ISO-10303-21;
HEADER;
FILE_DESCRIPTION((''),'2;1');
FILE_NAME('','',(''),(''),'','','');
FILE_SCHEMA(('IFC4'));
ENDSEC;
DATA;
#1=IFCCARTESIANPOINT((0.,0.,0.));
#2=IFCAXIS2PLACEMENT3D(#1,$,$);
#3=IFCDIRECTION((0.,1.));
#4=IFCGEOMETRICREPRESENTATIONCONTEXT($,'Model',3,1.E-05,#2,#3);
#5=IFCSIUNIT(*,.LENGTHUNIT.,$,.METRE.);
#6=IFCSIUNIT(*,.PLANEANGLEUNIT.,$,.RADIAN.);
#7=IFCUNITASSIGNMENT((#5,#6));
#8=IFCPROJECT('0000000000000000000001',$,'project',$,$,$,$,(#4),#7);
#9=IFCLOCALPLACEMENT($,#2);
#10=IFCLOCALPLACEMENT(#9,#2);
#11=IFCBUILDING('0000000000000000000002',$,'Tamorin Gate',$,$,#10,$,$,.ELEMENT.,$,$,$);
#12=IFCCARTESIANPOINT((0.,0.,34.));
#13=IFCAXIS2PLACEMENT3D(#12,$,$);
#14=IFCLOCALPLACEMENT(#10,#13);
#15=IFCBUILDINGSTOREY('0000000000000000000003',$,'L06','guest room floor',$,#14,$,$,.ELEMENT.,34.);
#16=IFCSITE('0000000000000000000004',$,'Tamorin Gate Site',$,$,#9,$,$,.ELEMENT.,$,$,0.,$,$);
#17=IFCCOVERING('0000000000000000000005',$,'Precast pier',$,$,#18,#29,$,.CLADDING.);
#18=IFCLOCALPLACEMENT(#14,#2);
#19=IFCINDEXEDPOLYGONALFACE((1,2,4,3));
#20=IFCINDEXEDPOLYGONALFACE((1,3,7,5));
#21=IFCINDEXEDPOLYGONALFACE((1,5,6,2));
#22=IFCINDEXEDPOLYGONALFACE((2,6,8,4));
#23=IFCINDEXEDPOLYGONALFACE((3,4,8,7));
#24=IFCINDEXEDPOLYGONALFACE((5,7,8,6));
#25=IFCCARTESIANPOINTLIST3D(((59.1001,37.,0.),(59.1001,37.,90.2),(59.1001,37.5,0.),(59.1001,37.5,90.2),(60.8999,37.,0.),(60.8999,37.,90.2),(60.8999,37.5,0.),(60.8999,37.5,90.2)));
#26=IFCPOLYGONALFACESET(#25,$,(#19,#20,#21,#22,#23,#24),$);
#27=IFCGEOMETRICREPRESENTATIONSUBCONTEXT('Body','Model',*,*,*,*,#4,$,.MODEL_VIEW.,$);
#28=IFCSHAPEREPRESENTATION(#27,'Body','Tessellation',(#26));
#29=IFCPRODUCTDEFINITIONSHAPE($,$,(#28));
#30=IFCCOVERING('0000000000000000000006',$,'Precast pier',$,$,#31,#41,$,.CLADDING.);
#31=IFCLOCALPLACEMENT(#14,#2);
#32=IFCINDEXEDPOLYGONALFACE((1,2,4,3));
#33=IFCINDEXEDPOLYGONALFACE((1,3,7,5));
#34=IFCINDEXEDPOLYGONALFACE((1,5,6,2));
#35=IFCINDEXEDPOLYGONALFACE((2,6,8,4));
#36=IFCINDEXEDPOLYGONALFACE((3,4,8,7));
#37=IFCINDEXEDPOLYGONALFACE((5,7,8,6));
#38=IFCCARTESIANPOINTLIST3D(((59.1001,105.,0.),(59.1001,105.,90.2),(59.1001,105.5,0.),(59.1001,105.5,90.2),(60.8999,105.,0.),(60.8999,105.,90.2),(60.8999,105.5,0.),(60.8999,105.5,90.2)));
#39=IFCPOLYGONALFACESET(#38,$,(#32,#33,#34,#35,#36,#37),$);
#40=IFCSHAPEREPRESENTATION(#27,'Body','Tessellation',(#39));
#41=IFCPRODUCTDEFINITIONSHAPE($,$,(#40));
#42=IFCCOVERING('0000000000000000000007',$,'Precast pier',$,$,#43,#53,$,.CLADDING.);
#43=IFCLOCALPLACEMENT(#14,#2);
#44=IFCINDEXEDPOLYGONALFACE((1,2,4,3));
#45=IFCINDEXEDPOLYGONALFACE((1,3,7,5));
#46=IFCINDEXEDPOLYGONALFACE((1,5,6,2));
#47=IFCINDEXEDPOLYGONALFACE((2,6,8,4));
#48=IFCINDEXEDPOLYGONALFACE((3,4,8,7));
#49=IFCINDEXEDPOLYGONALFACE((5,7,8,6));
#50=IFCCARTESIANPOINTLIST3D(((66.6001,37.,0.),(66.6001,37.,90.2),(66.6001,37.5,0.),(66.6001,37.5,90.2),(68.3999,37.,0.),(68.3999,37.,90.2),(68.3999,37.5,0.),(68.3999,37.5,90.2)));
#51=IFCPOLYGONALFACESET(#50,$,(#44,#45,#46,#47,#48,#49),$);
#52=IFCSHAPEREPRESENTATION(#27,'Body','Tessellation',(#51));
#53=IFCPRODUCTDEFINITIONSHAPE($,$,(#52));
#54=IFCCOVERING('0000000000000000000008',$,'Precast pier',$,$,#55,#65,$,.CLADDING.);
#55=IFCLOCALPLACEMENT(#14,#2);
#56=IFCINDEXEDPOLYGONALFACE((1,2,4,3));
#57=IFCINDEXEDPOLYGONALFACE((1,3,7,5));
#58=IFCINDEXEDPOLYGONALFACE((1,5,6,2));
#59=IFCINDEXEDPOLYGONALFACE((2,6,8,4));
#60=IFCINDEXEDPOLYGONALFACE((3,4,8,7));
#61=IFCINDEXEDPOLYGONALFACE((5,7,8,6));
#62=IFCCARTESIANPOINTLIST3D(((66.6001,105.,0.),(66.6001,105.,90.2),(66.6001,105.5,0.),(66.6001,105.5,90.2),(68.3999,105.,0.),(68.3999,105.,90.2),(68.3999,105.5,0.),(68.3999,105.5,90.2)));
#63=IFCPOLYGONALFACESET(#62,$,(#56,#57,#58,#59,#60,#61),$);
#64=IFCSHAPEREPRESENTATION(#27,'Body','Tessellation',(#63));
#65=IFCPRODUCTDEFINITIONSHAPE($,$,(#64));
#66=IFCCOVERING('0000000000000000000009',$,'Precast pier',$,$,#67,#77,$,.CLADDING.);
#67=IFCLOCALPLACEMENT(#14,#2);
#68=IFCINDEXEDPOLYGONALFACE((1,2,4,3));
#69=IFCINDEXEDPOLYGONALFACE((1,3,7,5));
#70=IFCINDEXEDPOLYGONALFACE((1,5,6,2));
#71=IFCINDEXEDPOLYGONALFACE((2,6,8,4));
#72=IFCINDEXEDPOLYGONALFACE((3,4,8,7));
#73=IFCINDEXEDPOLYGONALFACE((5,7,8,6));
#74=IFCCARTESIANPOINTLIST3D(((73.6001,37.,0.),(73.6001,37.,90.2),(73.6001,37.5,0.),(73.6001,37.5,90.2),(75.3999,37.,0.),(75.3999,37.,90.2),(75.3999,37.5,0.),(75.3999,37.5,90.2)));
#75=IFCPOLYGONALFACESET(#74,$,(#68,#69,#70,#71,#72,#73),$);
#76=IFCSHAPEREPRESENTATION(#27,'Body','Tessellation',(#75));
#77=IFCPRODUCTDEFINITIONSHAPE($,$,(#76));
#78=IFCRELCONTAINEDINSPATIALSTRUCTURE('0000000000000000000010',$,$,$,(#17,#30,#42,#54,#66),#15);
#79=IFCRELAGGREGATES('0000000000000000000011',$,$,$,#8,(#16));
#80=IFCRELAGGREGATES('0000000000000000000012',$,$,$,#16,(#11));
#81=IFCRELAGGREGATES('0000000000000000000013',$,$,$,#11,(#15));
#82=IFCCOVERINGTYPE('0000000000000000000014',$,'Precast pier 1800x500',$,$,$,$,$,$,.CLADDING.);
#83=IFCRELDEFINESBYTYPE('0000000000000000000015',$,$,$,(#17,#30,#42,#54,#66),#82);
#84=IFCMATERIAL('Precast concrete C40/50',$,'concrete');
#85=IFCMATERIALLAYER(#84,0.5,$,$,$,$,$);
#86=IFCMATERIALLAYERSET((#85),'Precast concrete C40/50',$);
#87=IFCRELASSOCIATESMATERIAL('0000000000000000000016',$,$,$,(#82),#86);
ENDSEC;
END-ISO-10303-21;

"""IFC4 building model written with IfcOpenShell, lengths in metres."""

from ifc_helpers import new_model, si_unit, direction, frame, origin, place, context, subcontext, project, spatial, polyline, outline, extrude, material, layer, layer_set, type_object, element, save


model = new_model("IFC4")

# Units and contexts
model_context = context("Model", 3, precision=1e-05, world=origin(), true_north=direction((0.0, 1.0)))
body_context = subcontext(model_context, "Body", "Model", "MODEL_VIEW")
ifc_project = project(units=[si_unit("LENGTHUNIT", "METRE"), si_unit("PLANEANGLEUNIT", "RADIAN")], contexts=[model_context])

# Site, building, storey
site_placement = place(None, origin())
site = spatial("IfcSite", under=ifc_project, at=site_placement, Name="Tamorin Gate Site", CompositionType="ELEMENT", RefElevation=0.0)
building_placement = place(site_placement, origin())
building = spatial("IfcBuilding", under=site, at=building_placement, Name="Tamorin Gate", CompositionType="ELEMENT")
storey_placement = place(building_placement, frame((0.0, 0.0, 34.0)))
storey = spatial("IfcBuildingStorey", under=building, at=storey_placement, Name="L06", Description="guest room floor", CompositionType="ELEMENT", Elevation=34.0)

# Coverings
ifc_material_1 = material(Name="Precast concrete C40/50", Category="concrete")
ifc_layer_1 = layer(ifc_material_1, 0.5)
ifc_layer_set_1 = layer_set([ifc_layer_1], Name="Precast concrete C40/50")
covering_type_1 = type_object("IfcCoveringType", Name="Precast pier 1800x500", PredefinedType="CLADDING", material=ifc_layer_set_1)
covering_1_placement = place(storey_placement, origin())
element("IfcCovering", 1, at=covering_1_placement, inside=storey, type_object=covering_type_1, Name="Precast pier", PredefinedType="CLADDING", context=body_context, shape_type="SweptSolid", body=[
    extrude(outline(polyline([(59.1001, 37.5), (60.8999, 37.5), (60.8999, 37.0), (59.1001, 37.0), (59.1001, 37.5)])), origin(), (0.0, 0.0, 1.0), 90.2),
])
covering_2_placement = place(storey_placement, origin())
element("IfcCovering", 2, at=covering_2_placement, inside=storey, type_object=covering_type_1, Name="Precast pier", PredefinedType="CLADDING", context=body_context, shape_type="SweptSolid", body=[
    extrude(outline(polyline([(60.8999, 105.0), (59.1001, 105.0), (59.1001, 105.5), (60.8999, 105.5), (60.8999, 105.0)])), origin(), (0.0, 0.0, 1.0), 90.2),
])
covering_3_placement = place(storey_placement, origin())
element("IfcCovering", 3, at=covering_3_placement, inside=storey, type_object=covering_type_1, Name="Precast pier", PredefinedType="CLADDING", context=body_context, shape_type="SweptSolid", body=[
    extrude(outline(polyline([(66.6001, 37.5), (68.3999, 37.5), (68.3999, 37.0), (66.6001, 37.0), (66.6001, 37.5)])), origin(), (0.0, 0.0, 1.0), 90.2),
])
covering_4_placement = place(storey_placement, origin())
element("IfcCovering", 4, at=covering_4_placement, inside=storey, type_object=covering_type_1, Name="Precast pier", PredefinedType="CLADDING", context=body_context, shape_type="SweptSolid", body=[
    extrude(outline(polyline([(68.3999, 105.0), (66.6001, 105.0), (66.6001, 105.5), (68.3999, 105.5), (68.3999, 105.0)])), origin(), (0.0, 0.0, 1.0), 90.2),
])
covering_5_placement = place(storey_placement, origin())
element("IfcCovering", 5, at=covering_5_placement, inside=storey, type_object=covering_type_1, Name="Precast pier", PredefinedType="CLADDING", context=body_context, shape_type="SweptSolid", body=[
    extrude(outline(polyline([(73.6001, 37.5), (75.3999, 37.5), (75.3999, 37.0), (73.6001, 37.0), (73.6001, 37.5)])), origin(), (0.0, 0.0, 1.0), 90.2),
])

save(model, "model.ifc")
